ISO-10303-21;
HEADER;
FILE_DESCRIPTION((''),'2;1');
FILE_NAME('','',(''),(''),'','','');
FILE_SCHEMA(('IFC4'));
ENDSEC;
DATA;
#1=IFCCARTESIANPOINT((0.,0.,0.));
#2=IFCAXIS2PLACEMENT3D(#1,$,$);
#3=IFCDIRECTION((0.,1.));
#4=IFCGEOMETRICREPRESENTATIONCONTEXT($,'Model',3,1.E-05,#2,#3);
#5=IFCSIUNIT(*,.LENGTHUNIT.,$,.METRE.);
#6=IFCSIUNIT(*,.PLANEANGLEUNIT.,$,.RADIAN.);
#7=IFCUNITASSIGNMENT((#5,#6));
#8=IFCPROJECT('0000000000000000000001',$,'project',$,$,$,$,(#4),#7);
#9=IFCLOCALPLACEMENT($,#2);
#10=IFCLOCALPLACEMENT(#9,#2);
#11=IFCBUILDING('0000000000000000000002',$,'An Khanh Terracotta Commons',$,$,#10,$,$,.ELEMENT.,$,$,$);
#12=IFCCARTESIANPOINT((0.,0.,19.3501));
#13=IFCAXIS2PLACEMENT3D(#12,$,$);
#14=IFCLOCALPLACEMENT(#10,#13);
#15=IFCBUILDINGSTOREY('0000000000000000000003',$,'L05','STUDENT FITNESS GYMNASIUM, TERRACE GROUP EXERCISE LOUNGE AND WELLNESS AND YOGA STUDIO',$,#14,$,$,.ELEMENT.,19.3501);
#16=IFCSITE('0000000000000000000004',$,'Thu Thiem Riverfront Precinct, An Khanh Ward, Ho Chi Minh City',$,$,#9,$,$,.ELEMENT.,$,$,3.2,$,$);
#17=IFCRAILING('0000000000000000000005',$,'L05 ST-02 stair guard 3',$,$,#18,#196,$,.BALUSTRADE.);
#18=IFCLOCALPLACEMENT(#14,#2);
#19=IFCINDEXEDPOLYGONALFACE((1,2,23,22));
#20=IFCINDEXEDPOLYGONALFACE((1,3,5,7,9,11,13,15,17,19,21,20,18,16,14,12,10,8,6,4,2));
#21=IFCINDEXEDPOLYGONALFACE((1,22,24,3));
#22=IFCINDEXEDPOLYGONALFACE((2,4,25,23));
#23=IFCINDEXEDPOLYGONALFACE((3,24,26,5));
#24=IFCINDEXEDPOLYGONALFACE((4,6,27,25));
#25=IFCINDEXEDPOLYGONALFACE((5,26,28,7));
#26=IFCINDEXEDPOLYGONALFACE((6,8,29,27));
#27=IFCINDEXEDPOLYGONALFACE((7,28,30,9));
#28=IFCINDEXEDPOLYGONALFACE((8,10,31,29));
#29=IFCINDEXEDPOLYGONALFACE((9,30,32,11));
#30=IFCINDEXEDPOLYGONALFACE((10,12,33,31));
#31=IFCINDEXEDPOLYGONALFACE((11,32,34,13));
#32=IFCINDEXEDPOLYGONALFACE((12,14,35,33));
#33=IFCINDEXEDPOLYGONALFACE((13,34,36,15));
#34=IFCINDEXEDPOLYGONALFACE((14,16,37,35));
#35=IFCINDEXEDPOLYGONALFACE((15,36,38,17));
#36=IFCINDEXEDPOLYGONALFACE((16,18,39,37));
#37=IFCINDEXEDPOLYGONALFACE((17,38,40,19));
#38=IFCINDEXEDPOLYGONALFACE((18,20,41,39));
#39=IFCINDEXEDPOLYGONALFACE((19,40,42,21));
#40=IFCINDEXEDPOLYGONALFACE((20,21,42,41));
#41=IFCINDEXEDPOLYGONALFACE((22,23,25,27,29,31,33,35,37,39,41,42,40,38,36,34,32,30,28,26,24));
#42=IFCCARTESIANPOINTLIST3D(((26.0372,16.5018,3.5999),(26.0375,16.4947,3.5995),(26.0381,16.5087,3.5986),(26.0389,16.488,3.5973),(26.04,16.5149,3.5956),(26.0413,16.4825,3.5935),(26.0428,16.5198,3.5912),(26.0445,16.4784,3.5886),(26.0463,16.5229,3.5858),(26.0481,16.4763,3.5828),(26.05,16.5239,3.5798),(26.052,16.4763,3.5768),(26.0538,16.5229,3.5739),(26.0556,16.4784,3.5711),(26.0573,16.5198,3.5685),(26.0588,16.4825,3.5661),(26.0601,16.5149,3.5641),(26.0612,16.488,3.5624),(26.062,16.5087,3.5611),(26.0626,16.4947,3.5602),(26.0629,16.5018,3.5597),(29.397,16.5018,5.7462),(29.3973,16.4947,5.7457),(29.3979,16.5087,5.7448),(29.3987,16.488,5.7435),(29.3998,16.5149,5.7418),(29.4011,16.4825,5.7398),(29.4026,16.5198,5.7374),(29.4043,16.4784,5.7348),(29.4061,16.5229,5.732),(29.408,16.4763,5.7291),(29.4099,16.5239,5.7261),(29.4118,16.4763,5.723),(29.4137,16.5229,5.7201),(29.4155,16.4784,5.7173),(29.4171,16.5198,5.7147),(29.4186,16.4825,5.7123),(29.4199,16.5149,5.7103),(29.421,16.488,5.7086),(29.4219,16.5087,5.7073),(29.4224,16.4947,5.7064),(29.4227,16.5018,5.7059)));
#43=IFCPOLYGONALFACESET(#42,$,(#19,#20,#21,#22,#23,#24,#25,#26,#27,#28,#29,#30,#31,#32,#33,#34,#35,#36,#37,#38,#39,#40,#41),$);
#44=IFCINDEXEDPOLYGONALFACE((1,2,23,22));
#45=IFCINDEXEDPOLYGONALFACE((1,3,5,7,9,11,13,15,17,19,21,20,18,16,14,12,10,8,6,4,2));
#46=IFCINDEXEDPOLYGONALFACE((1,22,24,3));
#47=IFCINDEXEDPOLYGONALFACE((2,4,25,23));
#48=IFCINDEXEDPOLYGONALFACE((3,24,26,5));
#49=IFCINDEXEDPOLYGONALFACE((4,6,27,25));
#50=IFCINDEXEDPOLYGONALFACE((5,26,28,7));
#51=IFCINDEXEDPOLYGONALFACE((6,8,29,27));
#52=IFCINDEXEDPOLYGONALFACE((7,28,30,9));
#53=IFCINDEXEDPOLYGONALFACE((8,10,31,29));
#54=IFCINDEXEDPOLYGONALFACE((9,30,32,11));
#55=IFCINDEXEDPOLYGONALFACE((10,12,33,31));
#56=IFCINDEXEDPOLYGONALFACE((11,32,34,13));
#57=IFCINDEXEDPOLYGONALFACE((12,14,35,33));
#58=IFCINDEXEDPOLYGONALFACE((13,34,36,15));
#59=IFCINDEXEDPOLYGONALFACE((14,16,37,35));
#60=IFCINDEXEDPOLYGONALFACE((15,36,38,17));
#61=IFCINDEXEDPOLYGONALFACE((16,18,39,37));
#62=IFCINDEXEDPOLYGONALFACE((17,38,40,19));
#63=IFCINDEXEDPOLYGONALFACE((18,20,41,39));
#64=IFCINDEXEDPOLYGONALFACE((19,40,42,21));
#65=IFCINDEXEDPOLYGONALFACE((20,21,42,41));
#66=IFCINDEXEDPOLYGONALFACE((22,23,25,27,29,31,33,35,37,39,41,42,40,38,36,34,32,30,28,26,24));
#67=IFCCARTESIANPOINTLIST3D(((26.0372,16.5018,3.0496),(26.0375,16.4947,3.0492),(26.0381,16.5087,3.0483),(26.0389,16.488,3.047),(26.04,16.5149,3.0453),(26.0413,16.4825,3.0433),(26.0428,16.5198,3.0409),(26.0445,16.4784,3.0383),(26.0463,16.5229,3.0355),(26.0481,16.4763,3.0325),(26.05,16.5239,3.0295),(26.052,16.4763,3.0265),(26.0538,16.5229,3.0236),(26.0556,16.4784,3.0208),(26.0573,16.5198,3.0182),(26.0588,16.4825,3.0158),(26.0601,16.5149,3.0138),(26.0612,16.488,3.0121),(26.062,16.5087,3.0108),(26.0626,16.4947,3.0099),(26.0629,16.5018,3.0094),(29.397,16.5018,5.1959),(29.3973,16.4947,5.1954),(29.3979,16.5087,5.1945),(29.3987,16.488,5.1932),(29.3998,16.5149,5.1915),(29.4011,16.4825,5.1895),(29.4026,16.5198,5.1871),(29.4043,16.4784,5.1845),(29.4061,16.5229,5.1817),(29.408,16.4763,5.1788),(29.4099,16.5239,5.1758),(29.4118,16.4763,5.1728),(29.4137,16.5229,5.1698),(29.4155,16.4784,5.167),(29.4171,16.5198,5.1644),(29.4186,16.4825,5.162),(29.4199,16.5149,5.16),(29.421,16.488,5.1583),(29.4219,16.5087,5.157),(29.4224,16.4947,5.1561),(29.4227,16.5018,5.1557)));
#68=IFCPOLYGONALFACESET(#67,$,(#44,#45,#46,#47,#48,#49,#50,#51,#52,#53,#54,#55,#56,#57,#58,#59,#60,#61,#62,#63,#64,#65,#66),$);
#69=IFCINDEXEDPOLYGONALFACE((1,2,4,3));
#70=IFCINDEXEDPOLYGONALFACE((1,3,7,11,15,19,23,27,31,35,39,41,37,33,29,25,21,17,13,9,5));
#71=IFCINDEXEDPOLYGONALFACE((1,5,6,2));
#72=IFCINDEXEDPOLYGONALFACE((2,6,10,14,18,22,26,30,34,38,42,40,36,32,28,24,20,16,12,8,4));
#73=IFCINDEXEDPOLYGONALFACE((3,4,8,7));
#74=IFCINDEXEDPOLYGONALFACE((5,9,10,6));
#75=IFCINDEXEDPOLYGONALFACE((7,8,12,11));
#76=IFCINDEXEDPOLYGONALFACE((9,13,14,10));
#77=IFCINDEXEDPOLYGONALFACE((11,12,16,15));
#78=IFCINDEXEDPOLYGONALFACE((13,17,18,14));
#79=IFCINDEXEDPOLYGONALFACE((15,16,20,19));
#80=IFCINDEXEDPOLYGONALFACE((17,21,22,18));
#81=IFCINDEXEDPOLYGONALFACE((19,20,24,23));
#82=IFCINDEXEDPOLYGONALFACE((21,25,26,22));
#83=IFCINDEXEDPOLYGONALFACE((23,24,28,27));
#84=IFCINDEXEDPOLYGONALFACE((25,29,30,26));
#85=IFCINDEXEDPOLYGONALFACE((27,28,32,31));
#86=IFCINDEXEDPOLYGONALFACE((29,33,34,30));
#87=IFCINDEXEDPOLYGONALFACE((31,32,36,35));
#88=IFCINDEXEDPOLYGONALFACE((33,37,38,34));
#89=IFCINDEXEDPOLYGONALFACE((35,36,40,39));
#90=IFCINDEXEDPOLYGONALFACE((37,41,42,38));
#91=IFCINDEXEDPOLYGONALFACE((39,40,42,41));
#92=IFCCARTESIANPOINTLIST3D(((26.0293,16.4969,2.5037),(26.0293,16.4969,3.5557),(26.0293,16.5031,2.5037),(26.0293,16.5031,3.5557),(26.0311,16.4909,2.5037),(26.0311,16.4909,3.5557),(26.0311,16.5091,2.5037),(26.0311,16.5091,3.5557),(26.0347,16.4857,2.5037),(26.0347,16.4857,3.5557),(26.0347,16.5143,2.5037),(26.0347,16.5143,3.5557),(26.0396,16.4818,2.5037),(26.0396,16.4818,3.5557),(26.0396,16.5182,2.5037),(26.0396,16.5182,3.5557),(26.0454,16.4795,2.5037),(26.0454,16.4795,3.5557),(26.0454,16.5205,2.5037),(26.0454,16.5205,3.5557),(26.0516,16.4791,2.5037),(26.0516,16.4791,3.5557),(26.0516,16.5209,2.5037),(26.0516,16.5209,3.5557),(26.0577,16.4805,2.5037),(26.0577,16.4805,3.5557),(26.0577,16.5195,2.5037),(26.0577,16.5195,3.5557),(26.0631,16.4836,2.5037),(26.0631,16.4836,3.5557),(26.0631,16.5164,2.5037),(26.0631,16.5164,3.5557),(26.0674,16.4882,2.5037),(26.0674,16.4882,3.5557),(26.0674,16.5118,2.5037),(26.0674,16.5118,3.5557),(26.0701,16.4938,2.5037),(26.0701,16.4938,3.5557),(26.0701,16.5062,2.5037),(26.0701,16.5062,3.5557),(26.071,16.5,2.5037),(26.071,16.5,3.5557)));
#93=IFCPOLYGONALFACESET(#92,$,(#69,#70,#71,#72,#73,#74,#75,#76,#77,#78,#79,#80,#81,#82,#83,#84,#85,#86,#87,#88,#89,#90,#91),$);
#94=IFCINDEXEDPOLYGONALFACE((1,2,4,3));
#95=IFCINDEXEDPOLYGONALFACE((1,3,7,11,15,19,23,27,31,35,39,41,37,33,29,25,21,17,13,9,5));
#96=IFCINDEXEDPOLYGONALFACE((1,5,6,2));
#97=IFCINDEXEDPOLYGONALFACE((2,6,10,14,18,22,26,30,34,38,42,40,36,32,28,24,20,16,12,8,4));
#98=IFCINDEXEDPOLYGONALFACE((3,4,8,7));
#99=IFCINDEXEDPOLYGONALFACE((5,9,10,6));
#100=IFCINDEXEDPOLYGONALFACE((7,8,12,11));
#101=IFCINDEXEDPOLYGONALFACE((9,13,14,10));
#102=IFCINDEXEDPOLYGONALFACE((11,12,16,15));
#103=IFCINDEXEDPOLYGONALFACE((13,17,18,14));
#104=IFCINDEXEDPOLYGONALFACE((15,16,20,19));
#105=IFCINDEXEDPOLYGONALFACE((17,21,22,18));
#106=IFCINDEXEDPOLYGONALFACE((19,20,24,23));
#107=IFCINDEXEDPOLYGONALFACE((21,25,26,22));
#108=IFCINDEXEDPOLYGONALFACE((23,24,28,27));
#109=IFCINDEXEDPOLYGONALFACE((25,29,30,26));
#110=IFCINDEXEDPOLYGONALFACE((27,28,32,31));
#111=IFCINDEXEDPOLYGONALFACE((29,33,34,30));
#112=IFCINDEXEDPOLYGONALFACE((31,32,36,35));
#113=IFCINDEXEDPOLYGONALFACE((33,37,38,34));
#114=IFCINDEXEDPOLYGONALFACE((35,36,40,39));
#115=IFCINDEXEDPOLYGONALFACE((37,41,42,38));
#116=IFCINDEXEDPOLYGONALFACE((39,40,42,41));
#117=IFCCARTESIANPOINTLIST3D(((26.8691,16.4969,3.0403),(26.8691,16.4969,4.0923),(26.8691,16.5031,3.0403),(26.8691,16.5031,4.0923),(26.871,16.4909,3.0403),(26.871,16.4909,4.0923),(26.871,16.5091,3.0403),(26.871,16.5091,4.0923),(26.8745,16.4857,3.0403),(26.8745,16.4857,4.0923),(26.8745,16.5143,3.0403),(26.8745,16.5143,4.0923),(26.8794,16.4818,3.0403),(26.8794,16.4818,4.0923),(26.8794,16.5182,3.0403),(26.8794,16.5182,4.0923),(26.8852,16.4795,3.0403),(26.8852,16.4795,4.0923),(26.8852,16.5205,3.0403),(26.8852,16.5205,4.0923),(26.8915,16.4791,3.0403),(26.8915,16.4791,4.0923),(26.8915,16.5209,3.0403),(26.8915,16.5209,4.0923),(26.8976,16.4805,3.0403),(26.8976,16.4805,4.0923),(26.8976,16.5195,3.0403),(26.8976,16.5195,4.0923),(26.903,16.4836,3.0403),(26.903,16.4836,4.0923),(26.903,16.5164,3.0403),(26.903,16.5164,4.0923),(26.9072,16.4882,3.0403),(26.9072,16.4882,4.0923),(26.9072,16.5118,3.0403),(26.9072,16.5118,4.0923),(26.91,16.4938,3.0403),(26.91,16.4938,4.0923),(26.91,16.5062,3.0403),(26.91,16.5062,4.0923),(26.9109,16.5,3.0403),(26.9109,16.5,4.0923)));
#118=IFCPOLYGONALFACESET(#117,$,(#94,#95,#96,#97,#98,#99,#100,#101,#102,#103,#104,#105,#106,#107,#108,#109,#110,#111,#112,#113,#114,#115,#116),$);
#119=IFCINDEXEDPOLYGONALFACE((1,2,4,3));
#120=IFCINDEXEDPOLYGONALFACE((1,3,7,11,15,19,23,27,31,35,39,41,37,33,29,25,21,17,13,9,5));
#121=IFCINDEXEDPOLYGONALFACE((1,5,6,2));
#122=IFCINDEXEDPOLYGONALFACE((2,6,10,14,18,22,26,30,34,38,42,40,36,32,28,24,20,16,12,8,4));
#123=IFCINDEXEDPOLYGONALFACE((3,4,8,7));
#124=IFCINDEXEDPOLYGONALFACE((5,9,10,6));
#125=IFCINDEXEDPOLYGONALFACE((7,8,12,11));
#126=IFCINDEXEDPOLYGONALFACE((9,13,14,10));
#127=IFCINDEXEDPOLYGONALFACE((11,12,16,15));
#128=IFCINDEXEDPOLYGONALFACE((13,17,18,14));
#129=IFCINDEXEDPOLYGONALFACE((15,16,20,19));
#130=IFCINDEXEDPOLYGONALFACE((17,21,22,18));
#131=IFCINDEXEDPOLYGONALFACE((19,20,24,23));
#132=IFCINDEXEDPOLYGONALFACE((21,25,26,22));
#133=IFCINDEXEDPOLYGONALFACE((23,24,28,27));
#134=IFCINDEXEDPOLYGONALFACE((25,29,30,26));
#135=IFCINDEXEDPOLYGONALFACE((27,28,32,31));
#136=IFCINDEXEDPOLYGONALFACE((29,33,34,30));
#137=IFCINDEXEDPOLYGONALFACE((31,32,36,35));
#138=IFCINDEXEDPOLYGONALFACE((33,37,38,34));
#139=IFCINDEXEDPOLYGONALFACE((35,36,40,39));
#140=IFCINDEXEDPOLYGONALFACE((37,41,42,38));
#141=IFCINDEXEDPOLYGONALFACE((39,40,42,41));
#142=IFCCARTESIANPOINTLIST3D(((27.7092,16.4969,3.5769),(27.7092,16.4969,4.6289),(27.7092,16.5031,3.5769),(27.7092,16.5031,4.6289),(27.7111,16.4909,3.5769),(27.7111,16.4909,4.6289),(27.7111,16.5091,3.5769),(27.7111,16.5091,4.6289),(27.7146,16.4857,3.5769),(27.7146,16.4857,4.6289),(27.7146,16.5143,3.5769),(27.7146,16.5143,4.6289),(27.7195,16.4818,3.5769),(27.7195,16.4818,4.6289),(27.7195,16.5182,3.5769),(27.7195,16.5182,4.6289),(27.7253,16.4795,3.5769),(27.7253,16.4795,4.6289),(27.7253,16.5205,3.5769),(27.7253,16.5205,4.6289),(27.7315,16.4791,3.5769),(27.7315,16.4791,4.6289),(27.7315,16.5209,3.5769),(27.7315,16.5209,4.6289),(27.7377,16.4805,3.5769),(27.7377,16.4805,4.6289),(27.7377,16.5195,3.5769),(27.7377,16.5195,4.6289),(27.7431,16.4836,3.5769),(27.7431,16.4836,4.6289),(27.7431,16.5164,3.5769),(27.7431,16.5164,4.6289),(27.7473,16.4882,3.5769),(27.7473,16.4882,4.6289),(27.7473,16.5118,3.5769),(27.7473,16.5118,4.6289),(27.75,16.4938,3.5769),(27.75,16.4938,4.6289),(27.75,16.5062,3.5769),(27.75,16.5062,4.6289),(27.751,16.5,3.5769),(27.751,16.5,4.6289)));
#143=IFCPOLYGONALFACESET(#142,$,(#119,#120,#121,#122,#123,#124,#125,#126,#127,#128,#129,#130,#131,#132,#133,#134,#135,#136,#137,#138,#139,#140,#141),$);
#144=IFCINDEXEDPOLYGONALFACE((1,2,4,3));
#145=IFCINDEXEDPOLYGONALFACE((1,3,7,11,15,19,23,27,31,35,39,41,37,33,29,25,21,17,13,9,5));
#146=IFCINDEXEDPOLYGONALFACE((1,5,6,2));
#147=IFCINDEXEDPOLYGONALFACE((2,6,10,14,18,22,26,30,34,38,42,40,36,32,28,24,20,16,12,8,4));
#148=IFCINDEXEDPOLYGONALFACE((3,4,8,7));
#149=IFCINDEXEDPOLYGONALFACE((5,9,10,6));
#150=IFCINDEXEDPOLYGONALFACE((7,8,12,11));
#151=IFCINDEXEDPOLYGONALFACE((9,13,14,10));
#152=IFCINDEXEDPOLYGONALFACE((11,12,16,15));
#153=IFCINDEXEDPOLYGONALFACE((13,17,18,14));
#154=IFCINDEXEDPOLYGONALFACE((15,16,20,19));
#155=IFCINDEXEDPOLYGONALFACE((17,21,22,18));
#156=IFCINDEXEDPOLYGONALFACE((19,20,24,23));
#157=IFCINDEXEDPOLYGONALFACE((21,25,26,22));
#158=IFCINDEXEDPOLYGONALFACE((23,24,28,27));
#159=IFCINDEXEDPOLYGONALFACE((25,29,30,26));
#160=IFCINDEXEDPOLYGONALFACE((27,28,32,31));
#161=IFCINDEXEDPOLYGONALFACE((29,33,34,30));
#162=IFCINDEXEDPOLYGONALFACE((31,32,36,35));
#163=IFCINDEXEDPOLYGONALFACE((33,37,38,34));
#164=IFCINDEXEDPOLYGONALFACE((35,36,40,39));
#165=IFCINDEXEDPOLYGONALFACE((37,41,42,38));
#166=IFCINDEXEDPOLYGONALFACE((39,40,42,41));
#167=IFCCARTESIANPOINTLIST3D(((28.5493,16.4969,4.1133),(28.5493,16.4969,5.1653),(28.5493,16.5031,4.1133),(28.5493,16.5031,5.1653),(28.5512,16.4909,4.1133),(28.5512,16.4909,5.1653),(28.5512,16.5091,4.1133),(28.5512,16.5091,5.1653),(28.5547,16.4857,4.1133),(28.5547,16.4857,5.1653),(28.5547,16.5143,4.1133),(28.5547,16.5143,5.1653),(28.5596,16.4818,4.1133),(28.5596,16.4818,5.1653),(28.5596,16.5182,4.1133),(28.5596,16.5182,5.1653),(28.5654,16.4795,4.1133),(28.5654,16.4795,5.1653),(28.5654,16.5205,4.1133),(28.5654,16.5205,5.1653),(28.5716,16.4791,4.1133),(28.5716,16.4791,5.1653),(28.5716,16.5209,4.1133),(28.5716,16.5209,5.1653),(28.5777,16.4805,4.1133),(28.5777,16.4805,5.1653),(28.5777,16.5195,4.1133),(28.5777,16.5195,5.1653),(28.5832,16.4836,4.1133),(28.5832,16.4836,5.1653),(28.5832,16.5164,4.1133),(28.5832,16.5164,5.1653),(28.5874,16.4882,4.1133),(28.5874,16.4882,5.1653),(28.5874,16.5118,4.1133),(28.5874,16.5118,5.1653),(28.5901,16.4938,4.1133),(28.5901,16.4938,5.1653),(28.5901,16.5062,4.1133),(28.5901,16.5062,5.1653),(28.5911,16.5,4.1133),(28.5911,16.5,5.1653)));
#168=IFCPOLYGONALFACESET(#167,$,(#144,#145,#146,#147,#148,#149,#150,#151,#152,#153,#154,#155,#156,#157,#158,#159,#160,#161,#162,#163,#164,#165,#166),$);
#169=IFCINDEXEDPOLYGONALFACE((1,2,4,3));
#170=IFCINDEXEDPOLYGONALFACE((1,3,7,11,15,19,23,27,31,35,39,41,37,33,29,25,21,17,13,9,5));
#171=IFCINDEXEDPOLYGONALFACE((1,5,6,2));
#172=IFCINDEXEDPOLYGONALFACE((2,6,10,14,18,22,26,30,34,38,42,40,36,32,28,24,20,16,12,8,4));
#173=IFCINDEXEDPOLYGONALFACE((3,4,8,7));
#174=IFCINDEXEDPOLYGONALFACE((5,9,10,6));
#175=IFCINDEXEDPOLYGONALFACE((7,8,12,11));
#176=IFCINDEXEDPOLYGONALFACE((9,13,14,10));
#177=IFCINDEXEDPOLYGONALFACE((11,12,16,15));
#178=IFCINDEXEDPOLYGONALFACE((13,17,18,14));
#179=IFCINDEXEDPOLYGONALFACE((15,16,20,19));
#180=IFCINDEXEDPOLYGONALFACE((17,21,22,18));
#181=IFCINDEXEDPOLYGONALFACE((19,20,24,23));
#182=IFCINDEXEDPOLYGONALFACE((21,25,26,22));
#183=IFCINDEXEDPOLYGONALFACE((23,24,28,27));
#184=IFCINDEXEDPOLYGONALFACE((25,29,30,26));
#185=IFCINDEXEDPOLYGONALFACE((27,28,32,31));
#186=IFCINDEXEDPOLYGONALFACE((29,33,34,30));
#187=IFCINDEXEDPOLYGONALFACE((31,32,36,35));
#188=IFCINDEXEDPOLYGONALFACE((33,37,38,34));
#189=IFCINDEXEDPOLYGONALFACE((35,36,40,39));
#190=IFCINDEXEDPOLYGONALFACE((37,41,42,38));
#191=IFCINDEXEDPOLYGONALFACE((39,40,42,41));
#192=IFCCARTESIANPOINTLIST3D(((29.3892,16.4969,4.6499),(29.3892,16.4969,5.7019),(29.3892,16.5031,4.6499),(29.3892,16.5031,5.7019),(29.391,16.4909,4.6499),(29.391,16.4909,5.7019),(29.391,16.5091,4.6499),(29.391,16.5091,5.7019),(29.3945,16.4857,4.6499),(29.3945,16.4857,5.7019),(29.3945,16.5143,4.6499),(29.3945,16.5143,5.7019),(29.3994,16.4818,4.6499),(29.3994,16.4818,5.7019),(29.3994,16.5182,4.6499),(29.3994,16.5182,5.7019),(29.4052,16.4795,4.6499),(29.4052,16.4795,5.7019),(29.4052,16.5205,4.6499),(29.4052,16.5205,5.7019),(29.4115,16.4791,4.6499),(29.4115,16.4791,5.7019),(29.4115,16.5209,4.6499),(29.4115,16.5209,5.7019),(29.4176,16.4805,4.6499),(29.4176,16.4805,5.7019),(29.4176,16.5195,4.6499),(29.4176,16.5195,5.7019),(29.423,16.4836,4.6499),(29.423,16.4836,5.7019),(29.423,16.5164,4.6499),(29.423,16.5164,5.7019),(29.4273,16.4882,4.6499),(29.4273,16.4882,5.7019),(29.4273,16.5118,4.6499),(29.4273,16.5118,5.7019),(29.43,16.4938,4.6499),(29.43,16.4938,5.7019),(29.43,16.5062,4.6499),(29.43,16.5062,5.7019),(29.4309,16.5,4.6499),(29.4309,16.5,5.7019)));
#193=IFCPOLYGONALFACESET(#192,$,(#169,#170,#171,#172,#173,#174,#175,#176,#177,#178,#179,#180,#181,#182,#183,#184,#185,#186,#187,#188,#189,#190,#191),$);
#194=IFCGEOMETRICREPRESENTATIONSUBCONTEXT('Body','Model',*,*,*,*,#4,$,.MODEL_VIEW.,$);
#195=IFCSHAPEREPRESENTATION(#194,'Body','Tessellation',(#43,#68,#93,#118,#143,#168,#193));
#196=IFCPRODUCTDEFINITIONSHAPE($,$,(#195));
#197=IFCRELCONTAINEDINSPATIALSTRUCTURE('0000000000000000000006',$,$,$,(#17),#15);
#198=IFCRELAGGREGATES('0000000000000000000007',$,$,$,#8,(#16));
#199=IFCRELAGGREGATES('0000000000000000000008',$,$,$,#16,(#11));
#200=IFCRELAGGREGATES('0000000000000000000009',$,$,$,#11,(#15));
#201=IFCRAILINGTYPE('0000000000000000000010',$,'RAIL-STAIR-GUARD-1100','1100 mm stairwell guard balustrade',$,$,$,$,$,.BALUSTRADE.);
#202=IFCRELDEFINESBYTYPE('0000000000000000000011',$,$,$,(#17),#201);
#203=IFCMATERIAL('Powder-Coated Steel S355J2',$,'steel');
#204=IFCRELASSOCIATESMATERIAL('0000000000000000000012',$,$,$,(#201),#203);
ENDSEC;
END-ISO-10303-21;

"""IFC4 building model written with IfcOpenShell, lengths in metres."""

from ifc_helpers import new_model, si_unit, direction, frame, origin, origin_2d, place, context, subcontext, project, spatial, circle, extrude, material, type_object, element, save


model = new_model("IFC4")

# Units and contexts
model_context = context("Model", 3, precision=1e-05, world=origin(), true_north=direction((0.0, 1.0)))
body_context = subcontext(model_context, "Body", "Model", "MODEL_VIEW")
ifc_project = project(units=[si_unit("LENGTHUNIT", "METRE"), si_unit("PLANEANGLEUNIT", "RADIAN")], contexts=[model_context])

# Site, building, storey
site_placement = place(None, origin())
site = spatial("IfcSite", under=ifc_project, at=site_placement, Name="Thu Thiem Riverfront Precinct, An Khanh Ward, Ho Chi Minh City", CompositionType="ELEMENT", RefElevation=3.2)
building_placement = place(site_placement, origin())
building = spatial("IfcBuilding", under=site, at=building_placement, Name="An Khanh Terracotta Commons", CompositionType="ELEMENT")
storey_placement = place(building_placement, frame((0.0, 0.0, 19.3501)))
storey = spatial("IfcBuildingStorey", under=building, at=storey_placement, Name="L05", Description="STUDENT FITNESS GYMNASIUM, TERRACE GROUP EXERCISE LOUNGE AND WELLNESS AND YOGA STUDIO", CompositionType="ELEMENT", Elevation=19.3501)

# Railing
ifc_material_1 = material(Name="Powder-Coated Steel S355J2", Category="steel")
railing_type_1 = type_object("IfcRailingType", Name="RAIL-STAIR-GUARD-1100", Description="1100 mm stairwell guard balustrade", PredefinedType="BALUSTRADE", material=ifc_material_1)
railing_1_placement = place(storey_placement, frame((26.05, 16.5, 2.5037)))
element("IfcRailing", 1, at=railing_1_placement, inside=storey, type_object=railing_type_1, Name="L05 ST-02 stair guard 3", PredefinedType="BALUSTRADE", context=body_context, shape_type="SweptSolid", body=[
    extrude(circle(Radius=0.0239, at=origin_2d()), frame((0.0, 0.0, 1.0762), z_axis=(0.842735, 0.0, 0.538329), x_axis=(0.0, 1.0, 0.0)), (0.0, 0.0, 1.0), 3.9868),
    extrude(circle(Radius=0.0239, at=origin_2d()), frame((0.0, 0.0, 0.5259), z_axis=(0.842735, 0.0, 0.538329), x_axis=(0.0, 1.0, 0.0)), (0.0, 0.0, 1.0), 3.9868),
    extrude(circle(Radius=0.021, at=origin_2d()), origin(), (0.0, 0.0, 1.0), 1.052),
    extrude(circle(Radius=0.021, at=origin_2d()), frame((0.8398, 0.0, 0.5366)), (0.0, 0.0, 1.0), 1.052),
    extrude(circle(Radius=0.021, at=origin_2d()), frame((1.6799, 0.0, 1.0732)), (0.0, 0.0, 1.0), 1.052),
    extrude(circle(Radius=0.021, at=origin_2d()), frame((2.52, 0.0, 1.6096)), (0.0, 0.0, 1.0), 1.052),
    extrude(circle(Radius=0.021, at=origin_2d()), frame((3.3599, 0.0, 2.1462)), (0.0, 0.0, 1.0), 1.052),
])

save(model, "model.ifc")
